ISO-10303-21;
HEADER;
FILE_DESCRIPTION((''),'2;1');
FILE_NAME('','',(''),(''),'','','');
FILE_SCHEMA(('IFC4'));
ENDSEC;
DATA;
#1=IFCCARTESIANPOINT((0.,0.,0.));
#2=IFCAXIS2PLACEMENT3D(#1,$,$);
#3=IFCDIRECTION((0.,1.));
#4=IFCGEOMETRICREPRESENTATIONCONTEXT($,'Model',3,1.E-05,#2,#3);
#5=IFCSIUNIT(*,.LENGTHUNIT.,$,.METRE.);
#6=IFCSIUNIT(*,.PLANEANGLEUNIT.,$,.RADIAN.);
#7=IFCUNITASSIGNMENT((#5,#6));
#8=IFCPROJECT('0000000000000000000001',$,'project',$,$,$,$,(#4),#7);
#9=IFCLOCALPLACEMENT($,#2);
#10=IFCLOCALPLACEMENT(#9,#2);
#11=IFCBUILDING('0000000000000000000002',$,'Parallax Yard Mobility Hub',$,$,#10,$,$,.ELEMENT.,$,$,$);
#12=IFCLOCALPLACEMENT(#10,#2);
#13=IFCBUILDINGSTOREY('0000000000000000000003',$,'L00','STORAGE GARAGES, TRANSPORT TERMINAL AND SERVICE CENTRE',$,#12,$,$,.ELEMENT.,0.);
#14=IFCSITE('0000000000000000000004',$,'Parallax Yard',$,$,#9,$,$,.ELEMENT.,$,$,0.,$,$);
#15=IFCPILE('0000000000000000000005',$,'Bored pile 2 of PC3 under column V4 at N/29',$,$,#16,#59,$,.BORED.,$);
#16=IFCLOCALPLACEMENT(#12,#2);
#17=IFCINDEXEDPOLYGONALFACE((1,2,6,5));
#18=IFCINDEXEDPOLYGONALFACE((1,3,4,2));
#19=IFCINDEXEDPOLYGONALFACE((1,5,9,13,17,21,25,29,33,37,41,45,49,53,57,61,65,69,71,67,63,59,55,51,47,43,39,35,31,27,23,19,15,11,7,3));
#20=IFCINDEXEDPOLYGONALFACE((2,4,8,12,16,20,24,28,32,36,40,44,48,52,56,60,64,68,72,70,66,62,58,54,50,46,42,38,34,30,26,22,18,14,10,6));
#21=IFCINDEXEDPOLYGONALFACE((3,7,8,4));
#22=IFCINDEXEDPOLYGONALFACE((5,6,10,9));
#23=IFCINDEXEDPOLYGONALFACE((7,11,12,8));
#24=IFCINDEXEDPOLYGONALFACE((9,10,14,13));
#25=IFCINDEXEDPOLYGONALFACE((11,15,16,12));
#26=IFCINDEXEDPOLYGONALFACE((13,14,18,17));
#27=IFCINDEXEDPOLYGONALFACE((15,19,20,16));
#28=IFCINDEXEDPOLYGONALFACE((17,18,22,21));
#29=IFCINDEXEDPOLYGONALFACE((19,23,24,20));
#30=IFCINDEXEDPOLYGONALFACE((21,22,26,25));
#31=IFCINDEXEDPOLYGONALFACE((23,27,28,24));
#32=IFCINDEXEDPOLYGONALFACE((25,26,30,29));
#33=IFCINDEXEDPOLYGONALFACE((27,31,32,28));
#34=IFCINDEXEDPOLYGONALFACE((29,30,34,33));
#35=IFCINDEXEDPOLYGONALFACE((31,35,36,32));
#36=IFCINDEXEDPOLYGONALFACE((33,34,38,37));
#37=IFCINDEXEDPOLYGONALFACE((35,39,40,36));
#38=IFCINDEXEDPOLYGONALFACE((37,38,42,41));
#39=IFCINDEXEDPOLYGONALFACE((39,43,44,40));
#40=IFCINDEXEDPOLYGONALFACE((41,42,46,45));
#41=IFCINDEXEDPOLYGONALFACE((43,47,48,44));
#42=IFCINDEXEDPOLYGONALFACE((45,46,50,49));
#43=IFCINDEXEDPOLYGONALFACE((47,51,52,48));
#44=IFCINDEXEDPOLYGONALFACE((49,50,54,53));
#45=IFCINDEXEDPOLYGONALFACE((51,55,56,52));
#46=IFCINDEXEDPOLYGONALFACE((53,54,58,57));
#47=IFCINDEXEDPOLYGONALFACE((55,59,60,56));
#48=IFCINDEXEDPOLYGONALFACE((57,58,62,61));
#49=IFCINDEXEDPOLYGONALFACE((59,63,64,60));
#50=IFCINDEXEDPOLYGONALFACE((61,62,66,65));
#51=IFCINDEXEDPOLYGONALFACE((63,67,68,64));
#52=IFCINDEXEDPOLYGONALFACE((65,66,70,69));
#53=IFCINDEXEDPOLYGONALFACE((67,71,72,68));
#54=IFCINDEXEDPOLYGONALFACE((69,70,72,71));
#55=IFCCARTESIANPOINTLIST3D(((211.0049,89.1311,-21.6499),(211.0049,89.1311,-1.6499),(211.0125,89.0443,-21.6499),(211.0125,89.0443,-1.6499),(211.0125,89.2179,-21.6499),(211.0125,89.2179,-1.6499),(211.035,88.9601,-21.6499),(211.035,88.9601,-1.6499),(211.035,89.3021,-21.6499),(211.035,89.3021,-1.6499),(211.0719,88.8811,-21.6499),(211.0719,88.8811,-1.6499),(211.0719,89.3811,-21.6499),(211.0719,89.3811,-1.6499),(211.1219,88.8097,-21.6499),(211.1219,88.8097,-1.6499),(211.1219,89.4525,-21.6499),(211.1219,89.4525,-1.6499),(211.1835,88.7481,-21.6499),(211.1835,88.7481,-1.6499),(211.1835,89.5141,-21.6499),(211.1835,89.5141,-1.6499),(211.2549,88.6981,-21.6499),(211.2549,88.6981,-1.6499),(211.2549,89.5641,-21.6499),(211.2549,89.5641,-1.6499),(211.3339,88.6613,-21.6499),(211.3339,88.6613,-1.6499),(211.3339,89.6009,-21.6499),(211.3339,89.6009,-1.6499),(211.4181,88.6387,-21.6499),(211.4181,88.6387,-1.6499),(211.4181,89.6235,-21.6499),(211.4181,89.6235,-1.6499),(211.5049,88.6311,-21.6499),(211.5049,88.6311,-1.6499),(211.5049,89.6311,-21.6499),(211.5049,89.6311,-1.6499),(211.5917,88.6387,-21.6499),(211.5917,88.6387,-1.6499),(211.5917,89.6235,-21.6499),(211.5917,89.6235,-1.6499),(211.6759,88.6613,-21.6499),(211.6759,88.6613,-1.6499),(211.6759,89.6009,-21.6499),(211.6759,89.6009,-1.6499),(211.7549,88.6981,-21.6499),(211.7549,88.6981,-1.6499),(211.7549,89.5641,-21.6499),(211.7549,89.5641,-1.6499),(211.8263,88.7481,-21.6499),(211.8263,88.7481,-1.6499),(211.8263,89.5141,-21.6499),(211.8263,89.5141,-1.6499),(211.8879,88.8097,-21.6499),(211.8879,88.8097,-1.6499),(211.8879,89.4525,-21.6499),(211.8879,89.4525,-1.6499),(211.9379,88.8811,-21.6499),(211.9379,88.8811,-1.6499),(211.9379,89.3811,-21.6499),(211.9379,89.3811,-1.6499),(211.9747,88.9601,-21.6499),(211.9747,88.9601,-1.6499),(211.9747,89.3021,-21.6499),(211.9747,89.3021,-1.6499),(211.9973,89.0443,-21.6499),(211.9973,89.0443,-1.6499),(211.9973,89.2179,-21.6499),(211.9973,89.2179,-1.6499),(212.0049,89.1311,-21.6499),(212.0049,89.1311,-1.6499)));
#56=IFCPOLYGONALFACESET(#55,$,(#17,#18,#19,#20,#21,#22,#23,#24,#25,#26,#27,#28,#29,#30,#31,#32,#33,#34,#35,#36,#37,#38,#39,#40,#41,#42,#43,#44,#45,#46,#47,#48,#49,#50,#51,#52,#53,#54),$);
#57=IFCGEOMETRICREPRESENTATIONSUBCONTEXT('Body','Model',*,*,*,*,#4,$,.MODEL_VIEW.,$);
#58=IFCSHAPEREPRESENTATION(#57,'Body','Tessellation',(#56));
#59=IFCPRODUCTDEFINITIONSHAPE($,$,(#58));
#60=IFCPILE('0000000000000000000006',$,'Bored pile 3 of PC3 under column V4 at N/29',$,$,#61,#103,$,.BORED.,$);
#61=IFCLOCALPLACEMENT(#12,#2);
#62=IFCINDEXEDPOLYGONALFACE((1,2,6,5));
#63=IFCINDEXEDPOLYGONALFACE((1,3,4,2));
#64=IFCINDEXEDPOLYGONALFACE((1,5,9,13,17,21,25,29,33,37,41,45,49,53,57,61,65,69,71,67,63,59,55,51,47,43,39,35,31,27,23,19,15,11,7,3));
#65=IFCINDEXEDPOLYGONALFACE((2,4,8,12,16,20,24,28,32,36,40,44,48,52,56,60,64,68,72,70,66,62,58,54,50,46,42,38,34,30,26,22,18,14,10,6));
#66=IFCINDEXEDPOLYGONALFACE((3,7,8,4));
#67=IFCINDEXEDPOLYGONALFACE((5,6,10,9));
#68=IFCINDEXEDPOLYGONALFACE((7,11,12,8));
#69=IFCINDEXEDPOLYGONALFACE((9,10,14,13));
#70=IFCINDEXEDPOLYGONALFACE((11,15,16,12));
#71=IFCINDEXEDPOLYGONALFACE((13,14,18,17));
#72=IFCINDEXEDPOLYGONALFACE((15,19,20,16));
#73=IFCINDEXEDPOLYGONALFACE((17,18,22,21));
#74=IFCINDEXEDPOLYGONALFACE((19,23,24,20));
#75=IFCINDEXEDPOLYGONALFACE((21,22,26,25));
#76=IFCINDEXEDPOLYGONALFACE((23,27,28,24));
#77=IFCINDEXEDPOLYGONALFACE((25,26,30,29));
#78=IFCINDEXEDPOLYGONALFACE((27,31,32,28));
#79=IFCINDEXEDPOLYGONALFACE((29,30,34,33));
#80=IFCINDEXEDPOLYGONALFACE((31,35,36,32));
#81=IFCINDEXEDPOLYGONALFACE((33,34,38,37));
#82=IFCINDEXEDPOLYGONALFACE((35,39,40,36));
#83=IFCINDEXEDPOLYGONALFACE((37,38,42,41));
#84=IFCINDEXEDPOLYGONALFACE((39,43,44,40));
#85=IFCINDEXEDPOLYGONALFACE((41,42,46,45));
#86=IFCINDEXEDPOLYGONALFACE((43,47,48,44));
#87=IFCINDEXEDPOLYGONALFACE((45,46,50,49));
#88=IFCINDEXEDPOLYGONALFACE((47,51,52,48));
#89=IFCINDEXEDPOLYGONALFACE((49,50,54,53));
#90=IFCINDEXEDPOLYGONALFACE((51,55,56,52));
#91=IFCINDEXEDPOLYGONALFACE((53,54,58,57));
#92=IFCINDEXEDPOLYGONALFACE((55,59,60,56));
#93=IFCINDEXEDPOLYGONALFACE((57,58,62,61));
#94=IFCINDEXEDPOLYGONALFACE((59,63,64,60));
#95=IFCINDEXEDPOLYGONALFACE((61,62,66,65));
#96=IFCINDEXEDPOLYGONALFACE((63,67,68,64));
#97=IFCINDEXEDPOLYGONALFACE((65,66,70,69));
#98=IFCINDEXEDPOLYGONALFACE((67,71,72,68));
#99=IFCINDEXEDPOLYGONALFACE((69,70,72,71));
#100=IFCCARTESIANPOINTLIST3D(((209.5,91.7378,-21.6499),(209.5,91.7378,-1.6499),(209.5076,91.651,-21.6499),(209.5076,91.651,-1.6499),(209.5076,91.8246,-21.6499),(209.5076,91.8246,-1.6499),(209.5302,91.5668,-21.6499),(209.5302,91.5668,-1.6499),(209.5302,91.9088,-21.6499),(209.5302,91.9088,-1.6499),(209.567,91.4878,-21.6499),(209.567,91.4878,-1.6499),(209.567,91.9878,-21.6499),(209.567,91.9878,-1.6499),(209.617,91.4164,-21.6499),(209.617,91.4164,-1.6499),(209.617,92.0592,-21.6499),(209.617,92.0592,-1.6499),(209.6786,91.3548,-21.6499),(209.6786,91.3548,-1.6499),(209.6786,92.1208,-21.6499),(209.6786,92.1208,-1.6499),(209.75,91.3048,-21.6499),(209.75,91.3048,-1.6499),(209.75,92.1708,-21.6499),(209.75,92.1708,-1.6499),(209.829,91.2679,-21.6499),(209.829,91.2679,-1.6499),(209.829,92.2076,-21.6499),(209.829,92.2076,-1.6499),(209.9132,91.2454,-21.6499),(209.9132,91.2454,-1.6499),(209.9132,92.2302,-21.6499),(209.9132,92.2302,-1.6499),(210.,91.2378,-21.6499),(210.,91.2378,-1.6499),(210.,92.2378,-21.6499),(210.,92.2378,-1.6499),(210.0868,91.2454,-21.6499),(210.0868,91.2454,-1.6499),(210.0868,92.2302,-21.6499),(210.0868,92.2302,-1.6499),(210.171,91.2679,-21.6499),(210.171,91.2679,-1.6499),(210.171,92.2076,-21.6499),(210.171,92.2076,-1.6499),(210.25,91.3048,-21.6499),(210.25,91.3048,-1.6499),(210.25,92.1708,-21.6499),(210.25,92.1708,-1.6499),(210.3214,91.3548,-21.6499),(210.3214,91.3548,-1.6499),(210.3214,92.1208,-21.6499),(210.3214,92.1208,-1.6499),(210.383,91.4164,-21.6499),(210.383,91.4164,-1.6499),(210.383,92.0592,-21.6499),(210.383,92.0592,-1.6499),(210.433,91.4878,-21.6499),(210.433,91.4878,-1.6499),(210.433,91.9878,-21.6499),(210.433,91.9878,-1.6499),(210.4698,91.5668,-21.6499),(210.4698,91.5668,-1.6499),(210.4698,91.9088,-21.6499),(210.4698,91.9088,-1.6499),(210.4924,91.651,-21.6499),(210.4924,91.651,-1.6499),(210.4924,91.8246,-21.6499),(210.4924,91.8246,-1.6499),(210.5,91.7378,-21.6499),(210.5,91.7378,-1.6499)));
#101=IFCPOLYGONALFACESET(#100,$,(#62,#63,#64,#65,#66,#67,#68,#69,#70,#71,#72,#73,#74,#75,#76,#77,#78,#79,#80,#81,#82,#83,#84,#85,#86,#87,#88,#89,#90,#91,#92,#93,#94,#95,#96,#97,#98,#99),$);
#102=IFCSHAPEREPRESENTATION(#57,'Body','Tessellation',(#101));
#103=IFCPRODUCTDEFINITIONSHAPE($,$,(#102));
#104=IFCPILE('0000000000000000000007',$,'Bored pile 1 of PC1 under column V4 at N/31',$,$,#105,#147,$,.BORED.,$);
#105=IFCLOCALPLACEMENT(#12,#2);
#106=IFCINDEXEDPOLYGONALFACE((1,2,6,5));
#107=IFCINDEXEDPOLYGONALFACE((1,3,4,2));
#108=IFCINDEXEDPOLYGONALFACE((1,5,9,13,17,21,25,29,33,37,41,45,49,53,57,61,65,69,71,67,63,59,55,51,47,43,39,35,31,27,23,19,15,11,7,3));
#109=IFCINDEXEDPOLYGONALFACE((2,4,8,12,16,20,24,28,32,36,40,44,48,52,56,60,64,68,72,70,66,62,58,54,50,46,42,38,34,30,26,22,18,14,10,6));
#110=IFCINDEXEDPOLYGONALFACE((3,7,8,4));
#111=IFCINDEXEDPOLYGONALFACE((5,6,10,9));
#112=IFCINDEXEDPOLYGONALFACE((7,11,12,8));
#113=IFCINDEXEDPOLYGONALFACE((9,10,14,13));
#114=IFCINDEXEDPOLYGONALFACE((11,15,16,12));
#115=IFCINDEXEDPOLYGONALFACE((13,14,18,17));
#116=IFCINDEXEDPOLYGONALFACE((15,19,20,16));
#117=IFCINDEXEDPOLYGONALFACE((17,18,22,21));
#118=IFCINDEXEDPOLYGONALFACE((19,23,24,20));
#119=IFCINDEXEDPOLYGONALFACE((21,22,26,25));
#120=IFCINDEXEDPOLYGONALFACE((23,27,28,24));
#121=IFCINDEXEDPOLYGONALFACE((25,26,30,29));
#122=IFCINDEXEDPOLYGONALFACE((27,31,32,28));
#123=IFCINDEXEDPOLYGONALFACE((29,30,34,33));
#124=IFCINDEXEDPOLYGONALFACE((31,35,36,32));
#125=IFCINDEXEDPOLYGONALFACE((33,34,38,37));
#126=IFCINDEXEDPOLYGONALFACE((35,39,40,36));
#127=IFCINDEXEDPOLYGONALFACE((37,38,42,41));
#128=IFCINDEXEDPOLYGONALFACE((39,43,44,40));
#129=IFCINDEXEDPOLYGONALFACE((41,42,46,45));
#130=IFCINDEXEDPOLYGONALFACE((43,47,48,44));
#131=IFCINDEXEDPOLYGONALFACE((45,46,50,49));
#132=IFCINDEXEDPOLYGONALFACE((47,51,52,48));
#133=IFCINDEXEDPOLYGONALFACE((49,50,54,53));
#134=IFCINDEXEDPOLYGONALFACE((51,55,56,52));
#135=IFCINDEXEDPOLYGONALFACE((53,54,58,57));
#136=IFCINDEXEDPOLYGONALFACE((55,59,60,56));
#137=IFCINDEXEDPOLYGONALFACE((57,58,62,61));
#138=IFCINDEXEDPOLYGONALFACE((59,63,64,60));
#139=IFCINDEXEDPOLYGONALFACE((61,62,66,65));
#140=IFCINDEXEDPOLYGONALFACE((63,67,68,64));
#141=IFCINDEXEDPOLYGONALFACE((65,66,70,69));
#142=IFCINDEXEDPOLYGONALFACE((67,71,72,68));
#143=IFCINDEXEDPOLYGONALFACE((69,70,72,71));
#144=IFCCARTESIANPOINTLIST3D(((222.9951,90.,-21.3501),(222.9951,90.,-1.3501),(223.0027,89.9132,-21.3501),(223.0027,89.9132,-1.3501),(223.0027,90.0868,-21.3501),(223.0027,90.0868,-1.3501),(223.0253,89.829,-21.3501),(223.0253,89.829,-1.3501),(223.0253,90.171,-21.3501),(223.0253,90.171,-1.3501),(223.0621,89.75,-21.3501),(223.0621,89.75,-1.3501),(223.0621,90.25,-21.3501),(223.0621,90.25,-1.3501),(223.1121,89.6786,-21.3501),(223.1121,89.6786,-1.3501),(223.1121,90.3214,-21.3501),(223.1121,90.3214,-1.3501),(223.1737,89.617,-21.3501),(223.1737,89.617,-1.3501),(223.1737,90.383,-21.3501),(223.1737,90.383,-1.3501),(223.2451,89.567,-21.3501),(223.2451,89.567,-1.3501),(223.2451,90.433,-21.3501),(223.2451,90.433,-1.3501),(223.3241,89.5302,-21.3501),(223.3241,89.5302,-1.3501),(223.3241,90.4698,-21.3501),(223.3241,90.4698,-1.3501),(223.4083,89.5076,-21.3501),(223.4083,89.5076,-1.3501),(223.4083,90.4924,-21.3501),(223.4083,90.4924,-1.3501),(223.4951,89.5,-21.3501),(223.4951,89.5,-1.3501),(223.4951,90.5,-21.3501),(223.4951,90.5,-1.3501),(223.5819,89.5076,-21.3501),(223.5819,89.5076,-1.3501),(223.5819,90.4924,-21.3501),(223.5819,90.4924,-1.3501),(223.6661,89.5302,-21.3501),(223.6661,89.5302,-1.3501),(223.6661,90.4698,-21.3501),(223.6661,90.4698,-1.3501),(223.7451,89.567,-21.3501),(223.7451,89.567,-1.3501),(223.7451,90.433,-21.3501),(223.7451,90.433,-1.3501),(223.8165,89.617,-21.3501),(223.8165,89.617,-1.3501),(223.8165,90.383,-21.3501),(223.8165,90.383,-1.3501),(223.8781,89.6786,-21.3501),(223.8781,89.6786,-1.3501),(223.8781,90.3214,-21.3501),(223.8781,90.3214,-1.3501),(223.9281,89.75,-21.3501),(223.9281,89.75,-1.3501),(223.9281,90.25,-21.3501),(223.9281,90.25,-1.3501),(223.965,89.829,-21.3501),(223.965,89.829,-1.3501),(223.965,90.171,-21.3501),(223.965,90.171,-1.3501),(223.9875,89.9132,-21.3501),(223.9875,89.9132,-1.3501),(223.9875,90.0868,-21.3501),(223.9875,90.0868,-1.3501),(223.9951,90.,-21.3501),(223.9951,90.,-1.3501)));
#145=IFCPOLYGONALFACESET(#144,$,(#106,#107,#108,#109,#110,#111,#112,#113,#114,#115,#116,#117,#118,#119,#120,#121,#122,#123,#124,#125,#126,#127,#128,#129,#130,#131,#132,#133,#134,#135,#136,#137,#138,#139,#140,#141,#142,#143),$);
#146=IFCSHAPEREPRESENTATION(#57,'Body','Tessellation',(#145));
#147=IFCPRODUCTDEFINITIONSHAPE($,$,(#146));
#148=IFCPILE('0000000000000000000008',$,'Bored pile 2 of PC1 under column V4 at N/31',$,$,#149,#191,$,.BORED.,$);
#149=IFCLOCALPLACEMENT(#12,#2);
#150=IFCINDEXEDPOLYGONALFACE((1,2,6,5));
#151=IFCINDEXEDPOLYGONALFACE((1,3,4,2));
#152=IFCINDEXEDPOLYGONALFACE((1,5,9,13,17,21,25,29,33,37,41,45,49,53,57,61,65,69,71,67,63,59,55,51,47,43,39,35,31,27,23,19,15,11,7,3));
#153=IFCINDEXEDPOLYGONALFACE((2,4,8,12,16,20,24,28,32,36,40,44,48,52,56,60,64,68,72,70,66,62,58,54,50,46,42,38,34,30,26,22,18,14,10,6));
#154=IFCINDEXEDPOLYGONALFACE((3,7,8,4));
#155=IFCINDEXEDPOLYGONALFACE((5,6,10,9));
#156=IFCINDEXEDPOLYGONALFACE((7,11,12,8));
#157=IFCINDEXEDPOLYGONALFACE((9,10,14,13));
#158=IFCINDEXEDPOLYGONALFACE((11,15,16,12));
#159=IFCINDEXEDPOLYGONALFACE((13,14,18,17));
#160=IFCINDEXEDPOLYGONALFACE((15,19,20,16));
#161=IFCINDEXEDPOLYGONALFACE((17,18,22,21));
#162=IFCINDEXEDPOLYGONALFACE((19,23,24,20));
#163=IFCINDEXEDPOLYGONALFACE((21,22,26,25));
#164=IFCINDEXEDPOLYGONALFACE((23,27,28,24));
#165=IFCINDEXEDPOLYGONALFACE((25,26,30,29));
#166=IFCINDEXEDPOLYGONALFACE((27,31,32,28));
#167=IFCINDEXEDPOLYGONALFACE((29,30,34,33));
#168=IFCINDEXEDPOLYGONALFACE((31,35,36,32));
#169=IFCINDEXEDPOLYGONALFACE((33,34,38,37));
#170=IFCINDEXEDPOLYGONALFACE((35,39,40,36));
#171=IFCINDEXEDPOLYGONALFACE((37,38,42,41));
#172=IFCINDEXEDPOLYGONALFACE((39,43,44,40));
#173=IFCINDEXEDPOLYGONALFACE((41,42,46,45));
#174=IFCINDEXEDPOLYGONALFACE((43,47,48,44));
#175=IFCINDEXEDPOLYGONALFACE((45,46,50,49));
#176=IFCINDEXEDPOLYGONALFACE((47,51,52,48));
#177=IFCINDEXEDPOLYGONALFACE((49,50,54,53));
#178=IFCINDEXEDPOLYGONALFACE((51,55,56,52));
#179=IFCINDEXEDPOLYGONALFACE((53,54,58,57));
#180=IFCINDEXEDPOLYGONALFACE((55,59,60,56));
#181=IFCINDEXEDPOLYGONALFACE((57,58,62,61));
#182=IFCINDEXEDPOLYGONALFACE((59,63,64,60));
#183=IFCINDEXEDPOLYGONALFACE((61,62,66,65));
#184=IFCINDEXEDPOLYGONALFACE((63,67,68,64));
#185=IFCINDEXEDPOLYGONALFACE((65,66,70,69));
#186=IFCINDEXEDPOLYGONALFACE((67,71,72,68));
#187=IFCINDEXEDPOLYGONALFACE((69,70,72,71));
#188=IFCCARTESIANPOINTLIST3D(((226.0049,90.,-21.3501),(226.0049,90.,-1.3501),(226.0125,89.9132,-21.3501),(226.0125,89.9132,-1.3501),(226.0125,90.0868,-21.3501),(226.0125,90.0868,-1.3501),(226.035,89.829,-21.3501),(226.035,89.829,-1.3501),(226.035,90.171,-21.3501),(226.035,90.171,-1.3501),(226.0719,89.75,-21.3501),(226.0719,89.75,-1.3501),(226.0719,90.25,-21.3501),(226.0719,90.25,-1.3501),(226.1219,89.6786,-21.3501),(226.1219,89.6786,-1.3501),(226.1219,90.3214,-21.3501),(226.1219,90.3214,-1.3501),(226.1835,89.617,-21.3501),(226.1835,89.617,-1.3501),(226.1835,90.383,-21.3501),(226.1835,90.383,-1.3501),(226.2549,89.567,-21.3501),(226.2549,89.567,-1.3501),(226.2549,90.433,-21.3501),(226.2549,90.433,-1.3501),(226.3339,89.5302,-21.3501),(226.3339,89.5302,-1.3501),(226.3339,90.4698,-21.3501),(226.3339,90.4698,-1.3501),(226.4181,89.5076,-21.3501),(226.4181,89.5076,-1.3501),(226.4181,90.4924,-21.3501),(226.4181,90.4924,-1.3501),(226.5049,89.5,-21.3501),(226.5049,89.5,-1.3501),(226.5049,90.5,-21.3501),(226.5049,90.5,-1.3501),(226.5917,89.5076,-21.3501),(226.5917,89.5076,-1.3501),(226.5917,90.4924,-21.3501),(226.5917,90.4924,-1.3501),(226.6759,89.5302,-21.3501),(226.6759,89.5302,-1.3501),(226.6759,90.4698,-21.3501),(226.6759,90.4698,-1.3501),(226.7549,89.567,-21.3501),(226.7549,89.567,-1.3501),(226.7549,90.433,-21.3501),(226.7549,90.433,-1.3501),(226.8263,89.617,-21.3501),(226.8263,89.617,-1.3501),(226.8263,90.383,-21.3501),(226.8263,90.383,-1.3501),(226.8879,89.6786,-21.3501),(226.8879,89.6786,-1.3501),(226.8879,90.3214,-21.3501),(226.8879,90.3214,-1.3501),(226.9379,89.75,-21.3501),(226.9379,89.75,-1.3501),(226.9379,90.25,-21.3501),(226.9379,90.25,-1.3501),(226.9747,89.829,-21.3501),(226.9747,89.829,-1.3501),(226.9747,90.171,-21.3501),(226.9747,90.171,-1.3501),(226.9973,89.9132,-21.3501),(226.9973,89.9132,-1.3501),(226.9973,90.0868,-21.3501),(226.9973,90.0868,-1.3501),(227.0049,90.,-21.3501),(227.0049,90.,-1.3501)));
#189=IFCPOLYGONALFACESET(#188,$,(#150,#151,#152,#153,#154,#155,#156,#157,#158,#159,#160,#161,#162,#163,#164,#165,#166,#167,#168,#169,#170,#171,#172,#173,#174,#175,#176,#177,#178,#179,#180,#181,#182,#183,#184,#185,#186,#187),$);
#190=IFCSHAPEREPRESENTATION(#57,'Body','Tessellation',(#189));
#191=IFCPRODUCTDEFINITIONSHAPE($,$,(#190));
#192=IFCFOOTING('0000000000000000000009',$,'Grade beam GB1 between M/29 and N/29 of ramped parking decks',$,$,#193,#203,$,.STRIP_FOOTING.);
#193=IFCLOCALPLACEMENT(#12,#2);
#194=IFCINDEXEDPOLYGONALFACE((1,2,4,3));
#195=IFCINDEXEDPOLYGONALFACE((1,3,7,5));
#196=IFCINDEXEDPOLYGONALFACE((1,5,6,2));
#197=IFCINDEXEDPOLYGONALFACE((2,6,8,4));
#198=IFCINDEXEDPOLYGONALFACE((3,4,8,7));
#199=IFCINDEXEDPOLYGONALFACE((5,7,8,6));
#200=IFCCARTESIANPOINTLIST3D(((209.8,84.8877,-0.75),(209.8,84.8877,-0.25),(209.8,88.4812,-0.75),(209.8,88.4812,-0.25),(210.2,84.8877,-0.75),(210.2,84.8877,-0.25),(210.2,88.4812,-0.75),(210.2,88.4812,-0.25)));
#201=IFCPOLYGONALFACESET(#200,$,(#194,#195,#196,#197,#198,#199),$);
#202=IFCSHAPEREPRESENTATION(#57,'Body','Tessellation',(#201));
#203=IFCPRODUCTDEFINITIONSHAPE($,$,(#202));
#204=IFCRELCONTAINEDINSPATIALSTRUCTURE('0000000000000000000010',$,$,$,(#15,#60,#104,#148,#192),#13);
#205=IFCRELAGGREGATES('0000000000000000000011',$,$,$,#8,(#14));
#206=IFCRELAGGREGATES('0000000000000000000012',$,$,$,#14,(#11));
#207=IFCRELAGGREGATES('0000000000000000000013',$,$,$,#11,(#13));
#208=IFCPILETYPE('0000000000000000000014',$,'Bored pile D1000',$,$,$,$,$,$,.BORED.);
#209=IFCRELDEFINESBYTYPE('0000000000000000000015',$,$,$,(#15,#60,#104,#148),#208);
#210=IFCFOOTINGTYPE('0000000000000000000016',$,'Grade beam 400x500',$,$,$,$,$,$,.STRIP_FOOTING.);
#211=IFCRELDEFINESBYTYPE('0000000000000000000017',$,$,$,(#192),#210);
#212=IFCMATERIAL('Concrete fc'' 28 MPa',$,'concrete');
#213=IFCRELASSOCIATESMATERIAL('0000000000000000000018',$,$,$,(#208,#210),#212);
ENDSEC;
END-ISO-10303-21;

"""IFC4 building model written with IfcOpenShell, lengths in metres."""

from ifc_helpers import new_model, si_unit, direction, frame, origin, origin_2d, place, context, subcontext, project, spatial, rectangle, circle, extrude, material, material_profile, profile_set, type_object, element, save


model = new_model("IFC4")

# Units and contexts
model_context = context("Model", 3, precision=1e-05, world=origin(), true_north=direction((0.0, 1.0)))
body_context = subcontext(model_context, "Body", "Model", "MODEL_VIEW")
ifc_project = project(units=[si_unit("LENGTHUNIT", "METRE"), si_unit("PLANEANGLEUNIT", "RADIAN")], contexts=[model_context])

# Site, building, storey
site_placement = place(None, origin())
site = spatial("IfcSite", under=ifc_project, at=site_placement, Name="Parallax Yard", CompositionType="ELEMENT", RefElevation=0.0)
building_placement = place(site_placement, origin())
building = spatial("IfcBuilding", under=site, at=building_placement, Name="Parallax Yard Mobility Hub", CompositionType="ELEMENT")
storey_placement = place(building_placement, origin())
storey = spatial("IfcBuildingStorey", under=building, at=storey_placement, Name="L00", Description="STORAGE GARAGES, TRANSPORT TERMINAL AND SERVICE CENTRE", CompositionType="ELEMENT", Elevation=0.0)

# Piles
ifc_material_1 = material(Name="Concrete fc' 28 MPa", Category="concrete")
ifc_material_profile_1 = material_profile(ifc_material_1, circle(Radius=0.5, at=origin_2d()), Name="Bored pile D1000")
ifc_profile_set_1 = profile_set([ifc_material_profile_1], Name="Concrete fc' 28 MPa")
pile_type = type_object("IfcPileType", Name="Bored pile D1000", PredefinedType="BORED", material=ifc_profile_set_1)
for number, where, z_axis, x_axis, name in (
    (1, (211.5049, 89.1311, -1.6499), (0.0, 0.0, -1.0), (1.0, 0.0, 0.0), "Bored pile 2 of PC3 under column V4 at N/29"),
    (2, (210.0, 91.7378, -1.6499), (0.0, 0.0, -1.0), (1.0, 0.0, 0.0), "Bored pile 3 of PC3 under column V4 at N/29"),
    (3, (223.4951, 90.0, -1.3501), (0.0, 0.0, -1.0), (1.0, 0.0, 0.0), "Bored pile 1 of PC1 under column V4 at N/31"),
    (4, (226.5049, 90.0, -1.3501), (0.0, 0.0, -1.0), (1.0, 0.0, 0.0), "Bored pile 2 of PC1 under column V4 at N/31"),
):
    element("IfcPile", number, at=place(storey_placement, frame(where, z_axis=z_axis, x_axis=x_axis)), inside=storey, type_object=pile_type, Name=name, PredefinedType="BORED", context=body_context, shape_type="SweptSolid", body=[
        extrude(circle(Radius=0.5, at=origin_2d()), origin(), (0.0, 0.0, 1.0), 20.0),
    ])

# Footing
ifc_material_profile_2 = material_profile(ifc_material_1, rectangle(XDim=0.3999, YDim=0.5, at=origin_2d()), Name="Grade beam 400x500")
ifc_profile_set_2 = profile_set([ifc_material_profile_2], Name="Concrete fc' 28 MPa")
footing_type_1 = type_object("IfcFootingType", Name="Grade beam 400x500", PredefinedType="STRIP_FOOTING", material=ifc_profile_set_2)
footing_1_placement = place(storey_placement, frame((210.0, 84.8877, -0.5), z_axis=(0.0, 1.0, 0.0), x_axis=(-1.0, 0.0, 0.0)))
element("IfcFooting", 5, at=footing_1_placement, inside=storey, type_object=footing_type_1, Name="Grade beam GB1 between M/29 and N/29 of ramped parking decks", PredefinedType="STRIP_FOOTING", context=body_context, shape_type="SweptSolid", body=[
    extrude(rectangle(XDim=0.3999, YDim=0.5, at=origin_2d()), origin(), (0.0, 0.0, 1.0), 3.5935),
])

save(model, "model.ifc")
